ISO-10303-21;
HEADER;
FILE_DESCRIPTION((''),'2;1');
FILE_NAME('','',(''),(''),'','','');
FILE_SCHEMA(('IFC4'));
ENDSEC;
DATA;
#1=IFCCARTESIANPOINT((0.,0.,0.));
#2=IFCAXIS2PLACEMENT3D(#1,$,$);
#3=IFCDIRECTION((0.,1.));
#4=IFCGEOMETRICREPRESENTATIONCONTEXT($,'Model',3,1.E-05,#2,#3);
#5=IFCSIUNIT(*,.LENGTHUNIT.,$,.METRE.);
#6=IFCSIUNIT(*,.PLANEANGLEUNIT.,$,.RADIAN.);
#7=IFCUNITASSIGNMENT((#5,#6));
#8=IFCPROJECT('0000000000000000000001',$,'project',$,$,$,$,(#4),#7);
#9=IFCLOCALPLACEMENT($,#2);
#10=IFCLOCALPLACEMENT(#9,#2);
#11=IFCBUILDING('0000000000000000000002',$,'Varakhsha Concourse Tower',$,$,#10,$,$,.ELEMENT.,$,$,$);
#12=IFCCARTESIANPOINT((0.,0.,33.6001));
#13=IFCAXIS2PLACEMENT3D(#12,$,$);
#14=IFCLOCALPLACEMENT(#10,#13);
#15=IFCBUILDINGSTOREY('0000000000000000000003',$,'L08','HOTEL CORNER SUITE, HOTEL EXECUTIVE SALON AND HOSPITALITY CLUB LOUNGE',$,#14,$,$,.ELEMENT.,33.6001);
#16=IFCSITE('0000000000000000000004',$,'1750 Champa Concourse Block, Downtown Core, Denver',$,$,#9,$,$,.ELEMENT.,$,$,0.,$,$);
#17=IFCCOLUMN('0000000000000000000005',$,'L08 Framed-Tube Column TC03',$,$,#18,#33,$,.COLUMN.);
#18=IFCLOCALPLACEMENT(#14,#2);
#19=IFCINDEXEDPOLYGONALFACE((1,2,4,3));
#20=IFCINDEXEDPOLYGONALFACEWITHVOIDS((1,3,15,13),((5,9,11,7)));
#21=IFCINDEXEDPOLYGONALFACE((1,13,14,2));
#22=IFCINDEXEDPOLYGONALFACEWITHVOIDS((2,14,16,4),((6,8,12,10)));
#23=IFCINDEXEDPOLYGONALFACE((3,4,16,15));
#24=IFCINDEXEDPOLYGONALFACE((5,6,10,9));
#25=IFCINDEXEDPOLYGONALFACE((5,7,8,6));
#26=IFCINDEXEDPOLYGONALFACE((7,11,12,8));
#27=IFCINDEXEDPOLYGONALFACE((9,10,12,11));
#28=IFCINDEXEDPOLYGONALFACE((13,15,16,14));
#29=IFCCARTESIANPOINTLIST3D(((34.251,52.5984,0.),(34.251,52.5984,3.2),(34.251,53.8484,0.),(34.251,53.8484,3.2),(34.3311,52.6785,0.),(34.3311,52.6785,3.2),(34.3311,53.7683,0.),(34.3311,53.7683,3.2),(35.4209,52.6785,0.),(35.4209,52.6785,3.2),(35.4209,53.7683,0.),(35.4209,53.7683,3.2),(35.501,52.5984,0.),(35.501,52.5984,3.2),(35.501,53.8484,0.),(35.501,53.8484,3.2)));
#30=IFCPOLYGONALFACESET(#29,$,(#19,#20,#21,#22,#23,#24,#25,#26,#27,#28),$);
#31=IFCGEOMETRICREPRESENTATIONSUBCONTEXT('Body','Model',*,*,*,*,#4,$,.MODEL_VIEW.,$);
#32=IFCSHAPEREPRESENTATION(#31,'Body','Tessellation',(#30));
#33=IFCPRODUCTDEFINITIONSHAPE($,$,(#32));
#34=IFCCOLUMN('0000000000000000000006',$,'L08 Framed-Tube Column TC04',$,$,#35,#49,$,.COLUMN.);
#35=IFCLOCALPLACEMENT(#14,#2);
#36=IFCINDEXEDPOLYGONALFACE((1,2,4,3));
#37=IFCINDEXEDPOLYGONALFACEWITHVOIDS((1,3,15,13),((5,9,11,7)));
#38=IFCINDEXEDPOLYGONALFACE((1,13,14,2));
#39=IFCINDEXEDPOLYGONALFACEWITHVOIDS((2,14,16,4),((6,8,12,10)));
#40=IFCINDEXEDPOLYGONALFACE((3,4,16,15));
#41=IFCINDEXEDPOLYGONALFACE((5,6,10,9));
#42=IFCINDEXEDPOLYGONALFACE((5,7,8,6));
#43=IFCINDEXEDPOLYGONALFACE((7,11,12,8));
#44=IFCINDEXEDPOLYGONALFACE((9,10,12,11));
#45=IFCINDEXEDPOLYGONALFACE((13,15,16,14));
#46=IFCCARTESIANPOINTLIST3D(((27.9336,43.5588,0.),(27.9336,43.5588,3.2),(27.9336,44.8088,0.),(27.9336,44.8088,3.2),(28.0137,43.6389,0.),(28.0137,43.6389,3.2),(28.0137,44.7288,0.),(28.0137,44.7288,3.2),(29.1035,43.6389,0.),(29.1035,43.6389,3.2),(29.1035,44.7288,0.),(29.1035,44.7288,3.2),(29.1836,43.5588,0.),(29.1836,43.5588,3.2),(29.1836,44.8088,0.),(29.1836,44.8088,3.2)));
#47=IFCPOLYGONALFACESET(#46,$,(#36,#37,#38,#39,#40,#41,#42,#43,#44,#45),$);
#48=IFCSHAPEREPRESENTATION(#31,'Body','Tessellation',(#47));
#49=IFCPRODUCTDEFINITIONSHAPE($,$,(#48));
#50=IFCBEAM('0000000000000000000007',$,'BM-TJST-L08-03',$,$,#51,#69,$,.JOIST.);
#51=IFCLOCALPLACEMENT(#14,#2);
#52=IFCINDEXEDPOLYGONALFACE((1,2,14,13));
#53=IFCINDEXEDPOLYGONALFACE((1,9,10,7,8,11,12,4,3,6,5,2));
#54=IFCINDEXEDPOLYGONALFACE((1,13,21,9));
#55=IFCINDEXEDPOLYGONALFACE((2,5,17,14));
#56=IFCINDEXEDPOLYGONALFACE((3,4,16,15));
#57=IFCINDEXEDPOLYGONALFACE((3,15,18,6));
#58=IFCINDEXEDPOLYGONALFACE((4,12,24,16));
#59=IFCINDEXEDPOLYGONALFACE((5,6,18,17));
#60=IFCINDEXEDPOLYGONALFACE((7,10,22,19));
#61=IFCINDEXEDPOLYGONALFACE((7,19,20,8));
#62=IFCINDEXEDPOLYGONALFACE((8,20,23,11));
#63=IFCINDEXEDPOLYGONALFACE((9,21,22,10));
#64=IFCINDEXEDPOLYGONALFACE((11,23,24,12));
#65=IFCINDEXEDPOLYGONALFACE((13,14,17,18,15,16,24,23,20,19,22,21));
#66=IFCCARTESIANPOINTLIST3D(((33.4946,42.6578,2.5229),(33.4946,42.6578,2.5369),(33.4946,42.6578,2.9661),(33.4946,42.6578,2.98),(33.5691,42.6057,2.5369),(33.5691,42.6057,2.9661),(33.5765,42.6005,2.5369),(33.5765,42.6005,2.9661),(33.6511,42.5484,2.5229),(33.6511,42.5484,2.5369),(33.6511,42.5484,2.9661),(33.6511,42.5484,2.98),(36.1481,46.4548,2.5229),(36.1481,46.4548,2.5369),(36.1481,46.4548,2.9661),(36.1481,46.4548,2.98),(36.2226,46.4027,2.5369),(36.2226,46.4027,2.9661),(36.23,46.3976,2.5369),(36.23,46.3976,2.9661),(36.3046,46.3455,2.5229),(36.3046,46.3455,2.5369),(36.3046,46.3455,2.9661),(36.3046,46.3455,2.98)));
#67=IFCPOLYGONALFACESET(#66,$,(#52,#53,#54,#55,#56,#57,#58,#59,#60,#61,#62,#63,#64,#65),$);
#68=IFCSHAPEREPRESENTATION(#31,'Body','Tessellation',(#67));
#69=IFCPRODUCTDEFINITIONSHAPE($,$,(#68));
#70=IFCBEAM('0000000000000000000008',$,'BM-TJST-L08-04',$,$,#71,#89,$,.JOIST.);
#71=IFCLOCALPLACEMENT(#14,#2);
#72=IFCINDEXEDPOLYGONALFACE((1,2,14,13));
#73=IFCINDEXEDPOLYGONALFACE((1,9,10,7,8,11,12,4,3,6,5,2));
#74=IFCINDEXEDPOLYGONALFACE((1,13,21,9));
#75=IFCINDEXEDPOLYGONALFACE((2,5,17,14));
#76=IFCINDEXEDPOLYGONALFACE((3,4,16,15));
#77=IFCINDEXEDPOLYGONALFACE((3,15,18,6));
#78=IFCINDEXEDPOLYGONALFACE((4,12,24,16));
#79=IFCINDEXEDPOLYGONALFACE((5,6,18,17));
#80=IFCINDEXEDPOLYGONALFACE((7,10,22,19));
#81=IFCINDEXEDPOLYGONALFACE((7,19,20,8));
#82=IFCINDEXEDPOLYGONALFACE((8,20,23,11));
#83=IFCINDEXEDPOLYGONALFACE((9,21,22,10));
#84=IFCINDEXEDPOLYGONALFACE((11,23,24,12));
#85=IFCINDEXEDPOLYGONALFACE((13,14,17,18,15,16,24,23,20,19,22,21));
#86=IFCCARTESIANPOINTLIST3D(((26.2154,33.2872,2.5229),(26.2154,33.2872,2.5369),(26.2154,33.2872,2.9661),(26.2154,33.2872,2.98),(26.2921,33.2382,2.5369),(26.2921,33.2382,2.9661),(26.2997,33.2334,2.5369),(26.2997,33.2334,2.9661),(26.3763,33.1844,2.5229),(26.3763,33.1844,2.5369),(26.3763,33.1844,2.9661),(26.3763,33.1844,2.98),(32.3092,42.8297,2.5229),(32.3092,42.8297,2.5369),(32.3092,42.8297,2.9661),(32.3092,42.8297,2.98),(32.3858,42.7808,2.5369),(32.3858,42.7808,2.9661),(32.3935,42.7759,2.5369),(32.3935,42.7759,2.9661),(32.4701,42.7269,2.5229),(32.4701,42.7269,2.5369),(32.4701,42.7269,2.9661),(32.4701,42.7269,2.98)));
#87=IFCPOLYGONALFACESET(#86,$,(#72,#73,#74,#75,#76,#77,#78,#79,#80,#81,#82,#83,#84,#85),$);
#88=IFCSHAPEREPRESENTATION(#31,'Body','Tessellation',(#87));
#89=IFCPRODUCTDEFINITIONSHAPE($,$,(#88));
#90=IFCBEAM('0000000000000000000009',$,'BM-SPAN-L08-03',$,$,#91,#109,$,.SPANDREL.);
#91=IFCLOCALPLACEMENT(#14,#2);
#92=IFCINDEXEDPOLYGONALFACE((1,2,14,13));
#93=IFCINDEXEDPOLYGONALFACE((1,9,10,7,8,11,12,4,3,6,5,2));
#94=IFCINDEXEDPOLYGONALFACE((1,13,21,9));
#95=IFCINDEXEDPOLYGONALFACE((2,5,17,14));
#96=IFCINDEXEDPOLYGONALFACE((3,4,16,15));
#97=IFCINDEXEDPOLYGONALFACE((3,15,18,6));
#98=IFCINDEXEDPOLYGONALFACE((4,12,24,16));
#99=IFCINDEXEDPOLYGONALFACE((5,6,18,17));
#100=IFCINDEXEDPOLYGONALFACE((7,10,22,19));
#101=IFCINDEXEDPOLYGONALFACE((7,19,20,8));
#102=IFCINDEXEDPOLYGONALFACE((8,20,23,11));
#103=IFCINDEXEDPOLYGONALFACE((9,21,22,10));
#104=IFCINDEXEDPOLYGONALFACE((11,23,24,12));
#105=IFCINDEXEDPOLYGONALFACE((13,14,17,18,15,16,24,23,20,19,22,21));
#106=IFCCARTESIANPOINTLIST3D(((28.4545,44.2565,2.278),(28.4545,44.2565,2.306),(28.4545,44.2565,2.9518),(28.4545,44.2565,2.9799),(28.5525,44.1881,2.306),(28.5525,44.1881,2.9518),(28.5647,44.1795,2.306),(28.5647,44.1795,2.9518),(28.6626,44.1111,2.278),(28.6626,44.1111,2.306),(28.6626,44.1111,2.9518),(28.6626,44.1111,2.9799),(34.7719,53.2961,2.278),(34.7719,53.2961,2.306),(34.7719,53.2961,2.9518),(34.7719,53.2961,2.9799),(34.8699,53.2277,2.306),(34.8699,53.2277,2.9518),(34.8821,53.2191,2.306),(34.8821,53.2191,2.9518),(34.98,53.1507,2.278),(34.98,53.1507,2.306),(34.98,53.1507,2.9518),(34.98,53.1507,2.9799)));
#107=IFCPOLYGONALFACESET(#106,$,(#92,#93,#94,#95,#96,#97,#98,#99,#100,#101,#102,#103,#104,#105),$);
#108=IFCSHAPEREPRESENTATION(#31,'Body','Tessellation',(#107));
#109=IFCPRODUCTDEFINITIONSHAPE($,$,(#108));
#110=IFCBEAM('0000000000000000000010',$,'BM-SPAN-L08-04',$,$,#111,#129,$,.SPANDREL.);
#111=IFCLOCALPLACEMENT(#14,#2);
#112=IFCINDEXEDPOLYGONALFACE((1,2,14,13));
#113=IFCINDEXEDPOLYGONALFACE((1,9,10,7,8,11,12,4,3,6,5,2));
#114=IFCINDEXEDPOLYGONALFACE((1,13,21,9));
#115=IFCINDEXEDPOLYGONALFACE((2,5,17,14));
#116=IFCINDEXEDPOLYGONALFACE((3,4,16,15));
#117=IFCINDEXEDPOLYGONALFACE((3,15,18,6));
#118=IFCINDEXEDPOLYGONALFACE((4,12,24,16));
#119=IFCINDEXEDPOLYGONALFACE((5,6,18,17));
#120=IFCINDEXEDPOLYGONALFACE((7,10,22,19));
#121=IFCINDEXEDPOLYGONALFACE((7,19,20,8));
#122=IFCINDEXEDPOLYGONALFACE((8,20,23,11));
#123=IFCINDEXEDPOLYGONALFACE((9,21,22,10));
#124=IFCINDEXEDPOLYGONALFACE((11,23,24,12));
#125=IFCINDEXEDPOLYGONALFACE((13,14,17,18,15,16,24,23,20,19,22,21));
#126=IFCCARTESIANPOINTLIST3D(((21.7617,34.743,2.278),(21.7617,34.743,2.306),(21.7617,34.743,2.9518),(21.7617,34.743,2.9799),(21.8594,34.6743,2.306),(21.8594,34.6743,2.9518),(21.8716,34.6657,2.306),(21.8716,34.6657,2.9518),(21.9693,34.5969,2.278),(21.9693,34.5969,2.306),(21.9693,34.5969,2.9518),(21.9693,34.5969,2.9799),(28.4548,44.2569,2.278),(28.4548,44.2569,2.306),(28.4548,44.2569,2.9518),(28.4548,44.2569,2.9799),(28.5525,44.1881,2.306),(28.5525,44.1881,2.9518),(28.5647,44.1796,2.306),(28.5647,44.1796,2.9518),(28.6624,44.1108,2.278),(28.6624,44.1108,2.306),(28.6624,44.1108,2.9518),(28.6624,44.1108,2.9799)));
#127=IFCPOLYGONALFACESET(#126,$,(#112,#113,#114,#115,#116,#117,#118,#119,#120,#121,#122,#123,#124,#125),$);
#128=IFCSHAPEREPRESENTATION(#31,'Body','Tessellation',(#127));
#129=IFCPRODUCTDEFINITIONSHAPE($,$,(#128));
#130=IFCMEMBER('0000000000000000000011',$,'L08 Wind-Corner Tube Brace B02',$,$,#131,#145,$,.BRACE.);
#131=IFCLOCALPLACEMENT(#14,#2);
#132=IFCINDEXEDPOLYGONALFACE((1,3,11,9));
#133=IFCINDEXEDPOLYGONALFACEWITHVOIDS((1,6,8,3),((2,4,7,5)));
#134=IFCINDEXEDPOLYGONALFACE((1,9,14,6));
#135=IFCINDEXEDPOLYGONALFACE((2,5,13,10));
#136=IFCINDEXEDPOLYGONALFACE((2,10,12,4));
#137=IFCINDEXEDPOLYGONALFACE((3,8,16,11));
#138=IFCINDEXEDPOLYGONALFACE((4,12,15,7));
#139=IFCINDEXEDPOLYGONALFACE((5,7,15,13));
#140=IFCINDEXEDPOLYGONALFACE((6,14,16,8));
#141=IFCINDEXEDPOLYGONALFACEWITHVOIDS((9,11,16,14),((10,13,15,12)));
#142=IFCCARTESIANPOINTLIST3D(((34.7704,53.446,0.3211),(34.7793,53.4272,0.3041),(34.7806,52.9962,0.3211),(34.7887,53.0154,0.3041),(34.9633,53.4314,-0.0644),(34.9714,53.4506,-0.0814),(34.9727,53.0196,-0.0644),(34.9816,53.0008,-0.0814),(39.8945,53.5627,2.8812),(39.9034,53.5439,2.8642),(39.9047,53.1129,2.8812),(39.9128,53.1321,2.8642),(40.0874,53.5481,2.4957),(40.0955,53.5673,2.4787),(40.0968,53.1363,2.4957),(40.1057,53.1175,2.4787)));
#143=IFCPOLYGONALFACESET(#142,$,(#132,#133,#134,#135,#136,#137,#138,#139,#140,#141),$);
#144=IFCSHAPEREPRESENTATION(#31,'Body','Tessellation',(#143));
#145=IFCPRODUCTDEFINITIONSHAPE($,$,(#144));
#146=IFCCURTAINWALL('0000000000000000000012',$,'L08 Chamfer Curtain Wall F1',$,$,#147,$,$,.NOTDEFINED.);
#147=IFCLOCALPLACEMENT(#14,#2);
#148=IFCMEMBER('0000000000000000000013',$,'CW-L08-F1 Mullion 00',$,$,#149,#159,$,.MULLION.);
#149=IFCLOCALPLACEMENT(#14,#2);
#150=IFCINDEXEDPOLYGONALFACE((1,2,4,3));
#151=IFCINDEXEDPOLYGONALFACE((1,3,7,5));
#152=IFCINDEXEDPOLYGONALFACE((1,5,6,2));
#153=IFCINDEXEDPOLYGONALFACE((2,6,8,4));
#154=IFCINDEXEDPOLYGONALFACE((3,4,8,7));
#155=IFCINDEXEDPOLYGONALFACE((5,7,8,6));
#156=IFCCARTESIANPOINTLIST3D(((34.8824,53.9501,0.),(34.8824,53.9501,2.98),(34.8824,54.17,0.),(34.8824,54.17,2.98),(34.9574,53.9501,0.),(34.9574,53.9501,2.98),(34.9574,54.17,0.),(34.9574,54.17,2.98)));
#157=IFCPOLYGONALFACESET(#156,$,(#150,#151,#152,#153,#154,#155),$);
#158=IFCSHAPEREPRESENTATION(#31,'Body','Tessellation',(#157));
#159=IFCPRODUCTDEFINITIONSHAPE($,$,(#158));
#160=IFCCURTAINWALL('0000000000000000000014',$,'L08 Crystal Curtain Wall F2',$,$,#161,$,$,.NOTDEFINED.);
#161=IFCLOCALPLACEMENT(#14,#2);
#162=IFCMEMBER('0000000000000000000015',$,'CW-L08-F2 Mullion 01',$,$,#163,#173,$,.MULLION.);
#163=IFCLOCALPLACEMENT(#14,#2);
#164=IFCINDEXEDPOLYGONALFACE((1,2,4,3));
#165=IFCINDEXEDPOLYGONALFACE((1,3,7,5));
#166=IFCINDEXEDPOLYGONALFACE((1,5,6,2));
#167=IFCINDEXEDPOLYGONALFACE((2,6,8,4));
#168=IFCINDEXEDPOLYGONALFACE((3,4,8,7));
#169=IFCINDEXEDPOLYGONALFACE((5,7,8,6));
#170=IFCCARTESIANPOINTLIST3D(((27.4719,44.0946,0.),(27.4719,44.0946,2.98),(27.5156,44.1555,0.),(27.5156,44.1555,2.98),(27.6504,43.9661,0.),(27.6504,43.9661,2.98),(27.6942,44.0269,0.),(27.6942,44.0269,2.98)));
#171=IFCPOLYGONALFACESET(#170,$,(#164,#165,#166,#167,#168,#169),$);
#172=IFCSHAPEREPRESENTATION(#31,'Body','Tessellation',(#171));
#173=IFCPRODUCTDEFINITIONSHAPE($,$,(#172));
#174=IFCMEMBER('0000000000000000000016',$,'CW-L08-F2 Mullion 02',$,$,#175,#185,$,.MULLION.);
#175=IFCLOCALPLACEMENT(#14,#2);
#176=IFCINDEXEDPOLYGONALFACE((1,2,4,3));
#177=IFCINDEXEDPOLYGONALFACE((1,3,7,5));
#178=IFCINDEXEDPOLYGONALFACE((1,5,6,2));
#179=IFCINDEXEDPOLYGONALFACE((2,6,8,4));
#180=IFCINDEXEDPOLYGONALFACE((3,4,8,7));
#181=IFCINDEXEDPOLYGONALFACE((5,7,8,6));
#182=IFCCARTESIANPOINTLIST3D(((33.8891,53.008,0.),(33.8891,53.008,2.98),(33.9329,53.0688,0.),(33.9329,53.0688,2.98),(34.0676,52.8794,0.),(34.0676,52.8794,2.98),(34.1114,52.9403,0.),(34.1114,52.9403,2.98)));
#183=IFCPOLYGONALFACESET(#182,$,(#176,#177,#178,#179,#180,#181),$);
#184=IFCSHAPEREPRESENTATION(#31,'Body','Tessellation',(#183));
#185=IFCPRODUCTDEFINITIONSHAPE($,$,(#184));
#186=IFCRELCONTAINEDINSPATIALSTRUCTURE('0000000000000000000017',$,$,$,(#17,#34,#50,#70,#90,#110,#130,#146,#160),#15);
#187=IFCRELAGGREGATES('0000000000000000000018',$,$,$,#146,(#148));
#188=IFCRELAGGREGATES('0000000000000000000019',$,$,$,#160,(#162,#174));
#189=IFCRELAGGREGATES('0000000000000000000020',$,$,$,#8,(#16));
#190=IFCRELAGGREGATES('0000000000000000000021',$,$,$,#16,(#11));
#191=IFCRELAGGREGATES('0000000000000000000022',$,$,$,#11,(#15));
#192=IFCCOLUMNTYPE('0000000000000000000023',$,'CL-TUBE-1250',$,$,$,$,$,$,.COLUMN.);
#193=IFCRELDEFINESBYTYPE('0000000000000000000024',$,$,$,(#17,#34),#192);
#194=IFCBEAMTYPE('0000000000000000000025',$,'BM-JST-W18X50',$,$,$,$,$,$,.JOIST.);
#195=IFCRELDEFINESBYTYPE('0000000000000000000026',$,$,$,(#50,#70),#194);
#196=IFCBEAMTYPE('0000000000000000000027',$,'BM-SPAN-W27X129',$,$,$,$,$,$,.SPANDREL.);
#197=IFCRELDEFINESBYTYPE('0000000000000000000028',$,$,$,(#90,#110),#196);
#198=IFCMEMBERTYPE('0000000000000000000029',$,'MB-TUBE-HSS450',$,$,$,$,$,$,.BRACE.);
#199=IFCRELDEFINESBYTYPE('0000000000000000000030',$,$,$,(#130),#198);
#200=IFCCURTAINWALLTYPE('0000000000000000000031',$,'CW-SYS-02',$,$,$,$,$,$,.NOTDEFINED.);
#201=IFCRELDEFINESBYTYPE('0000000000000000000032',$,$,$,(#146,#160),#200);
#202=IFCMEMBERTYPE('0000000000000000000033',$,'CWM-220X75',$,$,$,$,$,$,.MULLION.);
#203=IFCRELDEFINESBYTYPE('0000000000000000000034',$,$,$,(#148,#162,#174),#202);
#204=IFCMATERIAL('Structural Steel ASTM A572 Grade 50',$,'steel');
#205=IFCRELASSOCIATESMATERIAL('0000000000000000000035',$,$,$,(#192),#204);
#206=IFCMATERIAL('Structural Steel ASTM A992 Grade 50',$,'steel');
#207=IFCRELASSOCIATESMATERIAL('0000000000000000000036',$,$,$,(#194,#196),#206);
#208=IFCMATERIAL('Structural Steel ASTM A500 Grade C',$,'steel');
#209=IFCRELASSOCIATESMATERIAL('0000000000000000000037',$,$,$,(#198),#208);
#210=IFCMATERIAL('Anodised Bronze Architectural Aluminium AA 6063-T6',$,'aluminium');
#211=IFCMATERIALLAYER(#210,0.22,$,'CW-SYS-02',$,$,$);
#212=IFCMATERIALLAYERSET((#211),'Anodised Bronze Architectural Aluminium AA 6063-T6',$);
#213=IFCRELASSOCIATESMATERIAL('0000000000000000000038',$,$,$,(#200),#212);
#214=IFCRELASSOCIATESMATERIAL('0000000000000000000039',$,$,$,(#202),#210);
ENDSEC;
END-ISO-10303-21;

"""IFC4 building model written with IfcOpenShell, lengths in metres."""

from ifc_helpers import new_model, si_unit, direction, frame, origin, origin_2d, place, context, subcontext, project, spatial, rectangle, hollow_rectangle, i_section, extrude, source, transform, mapped, material, layer, layer_set, material_profile, profile_set, type_object, type_shapes, element, aggregate, save


model = new_model("IFC4")

# Units and contexts
model_context = context("Model", 3, precision=1e-05, world=origin(), true_north=direction((0.0, 1.0)))
body_context = subcontext(model_context, "Body", "Model", "MODEL_VIEW")
ifc_project = project(units=[si_unit("LENGTHUNIT", "METRE"), si_unit("PLANEANGLEUNIT", "RADIAN")], contexts=[model_context])

# Site, building, storey
site_placement = place(None, origin())
site = spatial("IfcSite", under=ifc_project, at=site_placement, Name="1750 Champa Concourse Block, Downtown Core, Denver", CompositionType="ELEMENT", RefElevation=0.0)
building_placement = place(site_placement, origin())
building = spatial("IfcBuilding", under=site, at=building_placement, Name="Varakhsha Concourse Tower", CompositionType="ELEMENT")
storey_placement = place(building_placement, frame((0.0, 0.0, 33.6001)))
storey = spatial("IfcBuildingStorey", under=building, at=storey_placement, Name="L08", Description="HOTEL CORNER SUITE, HOTEL EXECUTIVE SALON AND HOSPITALITY CLUB LOUNGE", CompositionType="ELEMENT", Elevation=33.6001)

# Columns
ifc_material_1 = material(Name="Structural Steel ASTM A572 Grade 50", Category="steel")
ifc_material_profile_1 = material_profile(ifc_material_1, hollow_rectangle(XDim=1.25, YDim=1.25, WallThickness=0.0801, at=origin_2d()), Name="BOX 1250x1250x80")
ifc_profile_set_1 = profile_set([ifc_material_profile_1], Name="Structural Steel ASTM A572 Grade 50")
column_type = type_object("IfcColumnType", Name="CL-TUBE-1250", PredefinedType="COLUMN", material=ifc_profile_set_1)
for number, where, z_axis, x_axis, name in (
    (1, (34.876, 53.2234, 0.0), (0.0, 0.0, 1.0), (1.0, 0.0, 0.0), "L08 Framed-Tube Column TC03"),
    (2, (28.5586, 44.1838, 0.0), (0.0, 0.0, 1.0), (1.0, 0.0, 0.0), "L08 Framed-Tube Column TC04"),
):
    element("IfcColumn", number, at=place(storey_placement, frame(where, z_axis=z_axis, x_axis=x_axis)), inside=storey, type_object=column_type, Name=name, PredefinedType="COLUMN", context=body_context, shape_type="SweptSolid", body=[
        extrude(hollow_rectangle(XDim=1.25, YDim=1.25, WallThickness=0.0801, at=origin_2d()), origin(), (0.0, 0.0, 1.0), 3.2),
    ])

# Beams
ifc_material_2 = material(Name="Structural Steel ASTM A992 Grade 50", Category="steel")
ifc_material_profile_2 = material_profile(ifc_material_2, i_section(OverallWidth=0.1909, OverallDepth=0.457, WebThickness=0.009, FlangeThickness=0.0139, at=origin_2d()), Name="W18X50")
ifc_profile_set_2 = profile_set([ifc_material_profile_2], Name="Structural Steel ASTM A992 Grade 50")
beam_type_1 = type_object("IfcBeamType", Name="BM-JST-W18X50", PredefinedType="JOIST", material=ifc_profile_set_2)
beam_1_placement = place(storey_placement, frame((36.2263, 46.4001, 2.7515), z_axis=(-0.572822, -0.81968, 0.0), x_axis=(0.81968, -0.572822, 0.0)))
element("IfcBeam", 3, at=beam_1_placement, inside=storey, type_object=beam_type_1, Name="BM-TJST-L08-03", PredefinedType="JOIST", context=body_context, shape_type="SweptSolid", body=[
    extrude(i_section(OverallWidth=0.1909, OverallDepth=0.457, WebThickness=0.009, FlangeThickness=0.0139, at=origin_2d()), origin(), (0.0, 0.0, 1.0), 4.6323),
])
beam_2_placement = place(storey_placement, frame((32.3896, 42.7783, 2.7515), z_axis=(-0.538211, -0.84281, 0.0), x_axis=(0.84281, -0.538211, 0.0)))
element("IfcBeam", 4, at=beam_2_placement, inside=storey, type_object=beam_type_1, Name="BM-TJST-L08-04", PredefinedType="JOIST", context=body_context, shape_type="SweptSolid", body=[
    extrude(i_section(OverallWidth=0.1909, OverallDepth=0.457, WebThickness=0.009, FlangeThickness=0.0139, at=origin_2d()), origin(), (0.0, 0.0, 1.0), 11.3223),
])
ifc_material_profile_3 = material_profile(ifc_material_2, i_section(OverallWidth=0.2539, OverallDepth=0.7019, WebThickness=0.0149, FlangeThickness=0.0281, at=origin_2d()), Name="W27X129")
ifc_profile_set_3 = profile_set([ifc_material_profile_3], Name="Structural Steel ASTM A992 Grade 50")
beam_type_2 = type_object("IfcBeamType", Name="BM-SPAN-W27X129", PredefinedType="SPANDREL", material=ifc_profile_set_3)
beam_3_placement = place(storey_placement, frame((34.876, 53.2234, 2.6289), z_axis=(-0.572835, -0.819671, 0.0), x_axis=(0.819671, -0.572835, 0.0)))
element("IfcBeam", 5, at=beam_3_placement, inside=storey, type_object=beam_type_2, Name="BM-SPAN-L08-03", PredefinedType="SPANDREL", context=body_context, shape_type="SweptSolid", body=[
    extrude(i_section(OverallWidth=0.2539, OverallDepth=0.7019, WebThickness=0.0149, FlangeThickness=0.0281, at=origin_2d()), origin(), (0.0, 0.0, 1.0), 11.0283),
])
beam_4_placement = place(storey_placement, frame((28.5586, 44.1838, 2.6289), z_axis=(-0.575386, -0.817882, 0.0), x_axis=(0.817882, -0.575386, 0.0)))
element("IfcBeam", 6, at=beam_4_placement, inside=storey, type_object=beam_type_2, Name="BM-SPAN-L08-04", PredefinedType="SPANDREL", context=body_context, shape_type="SweptSolid", body=[
    extrude(i_section(OverallWidth=0.2539, OverallDepth=0.7019, WebThickness=0.0149, FlangeThickness=0.0281, at=origin_2d()), origin(), (0.0, 0.0, 1.0), 11.6323),
])

# Member
ifc_material_3 = material(Name="Structural Steel ASTM A500 Grade C", Category="steel")
ifc_material_profile_4 = material_profile(ifc_material_3, hollow_rectangle(XDim=0.45, YDim=0.45, WallThickness=0.019, at=origin_2d()), Name="HSS 450x450x19")
ifc_profile_set_4 = profile_set([ifc_material_profile_4], Name="Structural Steel ASTM A500 Grade C")
member_type_1 = type_object("IfcMemberType", Name="MB-TUBE-HSS450", PredefinedType="BRACE", material=ifc_profile_set_4)
shared_shape_1 = source(origin(), body_context, "Body", "SweptSolid", [
    extrude(hollow_rectangle(XDim=0.45, YDim=0.45, WallThickness=0.019, at=origin_2d()), origin(), (0.0, 0.0, 1.0), 5.7292),
])
type_shapes(member_type_1, [shared_shape_1])
member_1_placement = place(storey_placement, frame((34.876, 53.2234, 0.1199), z_axis=(0.894378, 0.020369, 0.446848), x_axis=(-0.022769, 0.999741, 0.0)))
element("IfcMember", 7, at=member_1_placement, inside=storey, type_object=member_type_1, Name="L08 Wind-Corner Tube Brace B02", PredefinedType="BRACE", context=body_context, shape_type="MappedRepresentation", body=[
    mapped(shared_shape_1, transform((0.0, 0.0, 0.0), scale=1.0)),
])

# Curtain wall, member
ifc_material_4 = material(Name="Anodised Bronze Architectural Aluminium AA 6063-T6", Category="aluminium")
ifc_layer_1 = layer(ifc_material_4, 0.22, Name="CW-SYS-02")
ifc_layer_set_1 = layer_set([ifc_layer_1], Name="Anodised Bronze Architectural Aluminium AA 6063-T6")
curtain_wall_type = type_object("IfcCurtainWallType", Name="CW-SYS-02", PredefinedType="NOTDEFINED", material=ifc_layer_set_1)
curtain_wall_1_placement = place(storey_placement, origin())
curtain_wall_1 = element("IfcCurtainWall", 8, at=curtain_wall_1_placement, inside=storey, type_object=curtain_wall_type, Name="L08 Chamfer Curtain Wall F1", PredefinedType="NOTDEFINED")
ifc_material_profile_5 = material_profile(ifc_material_4, rectangle(XDim=0.075, YDim=0.22, at=origin_2d()), Name="CWM-220X75")
ifc_profile_set_5 = profile_set([ifc_material_profile_5], Name="Anodised Bronze Architectural Aluminium AA 6063-T6")
member_type_2 = type_object("IfcMemberType", Name="CWM-220X75", PredefinedType="MULLION", material=ifc_profile_set_5)
shared_shape_2 = source(origin(), body_context, "Body", "SweptSolid", [
    extrude(rectangle(XDim=0.075, YDim=0.22, at=origin_2d()), origin(), (0.0, 0.0, 1.0), 2.98),
])
type_shapes(member_type_2, [shared_shape_2])
member_2_placement = place(storey_placement, frame((34.9199, 54.0601, 0.0), z_axis=(0.0, 0.0, 1.0), x_axis=(1.0, 0.0, 0.0)))
member_2 = element("IfcMember", 9, at=member_2_placement, type_object=member_type_2, Name="CW-L08-F1 Mullion 00", PredefinedType="MULLION", context=body_context, shape_type="MappedRepresentation", body=[
    mapped(shared_shape_2, transform((0.0, 0.0, 0.0), scale=1.0)),
])

# Curtain wall, members
curtain_wall_2_placement = place(storey_placement, origin())
curtain_wall_2 = element("IfcCurtainWall", 10, at=curtain_wall_2_placement, inside=storey, type_object=curtain_wall_type, Name="L08 Crystal Curtain Wall F2", PredefinedType="NOTDEFINED")
member_3_placement = place(storey_placement, frame((27.583, 44.0608, 0.0), z_axis=(0.0, 0.0, 1.0), x_axis=(0.584284, 0.81155, 0.0)))
member_3 = element("IfcMember", 11, at=member_3_placement, type_object=member_type_2, Name="CW-L08-F2 Mullion 01", PredefinedType="MULLION", context=body_context, shape_type="MappedRepresentation", body=[
    mapped(shared_shape_2, transform((0.0, 0.0, 0.0), scale=1.0)),
])
member_4_placement = place(storey_placement, frame((34.0002, 52.9741, 0.0), z_axis=(0.0, 0.0, 1.0), x_axis=(0.584284, 0.81155, 0.0)))
member_4 = element("IfcMember", 12, at=member_4_placement, type_object=member_type_2, Name="CW-L08-F2 Mullion 02", PredefinedType="MULLION", context=body_context, shape_type="MappedRepresentation", body=[
    mapped(shared_shape_2, transform((0.0, 0.0, 0.0), scale=1.0)),
])

aggregate(curtain_wall_1, [member_2])

aggregate(curtain_wall_2, [member_3, member_4])

save(model, "model.ifc")
